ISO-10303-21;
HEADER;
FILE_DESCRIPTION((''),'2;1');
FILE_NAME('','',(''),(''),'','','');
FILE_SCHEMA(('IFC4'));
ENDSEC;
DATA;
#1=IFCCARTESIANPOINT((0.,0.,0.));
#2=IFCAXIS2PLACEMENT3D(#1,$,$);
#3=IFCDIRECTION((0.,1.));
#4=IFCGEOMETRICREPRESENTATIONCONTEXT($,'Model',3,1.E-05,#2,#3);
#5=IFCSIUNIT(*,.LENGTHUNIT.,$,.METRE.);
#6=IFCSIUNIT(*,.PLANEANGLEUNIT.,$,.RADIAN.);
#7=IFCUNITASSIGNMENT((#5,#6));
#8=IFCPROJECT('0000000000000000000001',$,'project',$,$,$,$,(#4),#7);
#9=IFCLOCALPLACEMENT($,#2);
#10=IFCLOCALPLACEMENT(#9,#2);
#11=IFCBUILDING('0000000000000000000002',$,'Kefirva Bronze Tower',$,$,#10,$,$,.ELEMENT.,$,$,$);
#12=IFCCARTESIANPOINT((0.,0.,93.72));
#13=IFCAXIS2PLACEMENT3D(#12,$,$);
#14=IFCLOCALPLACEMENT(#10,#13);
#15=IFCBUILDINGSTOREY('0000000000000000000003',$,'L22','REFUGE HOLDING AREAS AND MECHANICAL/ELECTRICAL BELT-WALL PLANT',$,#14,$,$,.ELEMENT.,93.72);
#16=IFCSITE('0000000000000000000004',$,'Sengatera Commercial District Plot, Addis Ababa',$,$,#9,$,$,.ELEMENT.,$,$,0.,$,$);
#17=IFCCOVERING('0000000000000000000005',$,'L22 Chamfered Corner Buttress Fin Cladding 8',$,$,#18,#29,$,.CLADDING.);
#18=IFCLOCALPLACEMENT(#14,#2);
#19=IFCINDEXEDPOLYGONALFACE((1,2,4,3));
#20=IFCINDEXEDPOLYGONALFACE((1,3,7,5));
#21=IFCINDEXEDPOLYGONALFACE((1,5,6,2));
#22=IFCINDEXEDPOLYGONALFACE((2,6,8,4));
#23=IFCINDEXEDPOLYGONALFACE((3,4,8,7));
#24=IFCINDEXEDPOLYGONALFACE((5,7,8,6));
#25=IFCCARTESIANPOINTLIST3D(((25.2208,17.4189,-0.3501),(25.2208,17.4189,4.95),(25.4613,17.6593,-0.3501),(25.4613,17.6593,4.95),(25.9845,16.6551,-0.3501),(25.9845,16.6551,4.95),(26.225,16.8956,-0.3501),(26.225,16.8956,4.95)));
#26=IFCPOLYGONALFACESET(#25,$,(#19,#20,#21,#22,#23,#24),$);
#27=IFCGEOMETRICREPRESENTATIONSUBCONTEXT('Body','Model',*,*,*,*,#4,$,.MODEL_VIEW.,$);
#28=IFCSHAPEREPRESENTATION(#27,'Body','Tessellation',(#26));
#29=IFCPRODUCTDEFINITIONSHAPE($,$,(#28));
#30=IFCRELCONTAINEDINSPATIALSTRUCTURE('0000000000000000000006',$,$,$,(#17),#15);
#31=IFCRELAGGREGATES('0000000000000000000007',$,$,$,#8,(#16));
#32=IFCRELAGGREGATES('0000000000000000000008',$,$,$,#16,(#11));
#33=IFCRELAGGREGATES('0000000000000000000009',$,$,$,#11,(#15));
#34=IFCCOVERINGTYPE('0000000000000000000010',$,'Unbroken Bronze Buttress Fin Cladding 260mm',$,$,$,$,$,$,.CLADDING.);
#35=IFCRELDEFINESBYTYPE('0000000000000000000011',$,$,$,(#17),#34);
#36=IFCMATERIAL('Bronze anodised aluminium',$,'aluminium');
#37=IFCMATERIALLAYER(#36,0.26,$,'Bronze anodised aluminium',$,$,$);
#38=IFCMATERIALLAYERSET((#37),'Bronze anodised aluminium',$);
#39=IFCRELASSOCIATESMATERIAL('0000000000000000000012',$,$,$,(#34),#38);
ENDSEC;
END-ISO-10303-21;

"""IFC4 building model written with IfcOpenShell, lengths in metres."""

from ifc_helpers import new_model, si_unit, direction, frame, origin, origin_2d, place, context, subcontext, project, spatial, rectangle, extrude, material, layer, layer_set, type_object, element, save


model = new_model("IFC4")

# Units and contexts
model_context = context("Model", 3, precision=1e-05, world=origin(), true_north=direction((0.0, 1.0)))
body_context = subcontext(model_context, "Body", "Model", "MODEL_VIEW")
ifc_project = project(units=[si_unit("LENGTHUNIT", "METRE"), si_unit("PLANEANGLEUNIT", "RADIAN")], contexts=[model_context])

# Site, building, storey
site_placement = place(None, origin())
site = spatial("IfcSite", under=ifc_project, at=site_placement, Name="Sengatera Commercial District Plot, Addis Ababa", CompositionType="ELEMENT", RefElevation=0.0)
building_placement = place(site_placement, origin())
building = spatial("IfcBuilding", under=site, at=building_placement, Name="Kefirva Bronze Tower", CompositionType="ELEMENT")
storey_placement = place(building_placement, frame((0.0, 0.0, 93.72)))
storey = spatial("IfcBuildingStorey", under=building, at=storey_placement, Name="L22", Description="REFUGE HOLDING AREAS AND MECHANICAL/ELECTRICAL BELT-WALL PLANT", CompositionType="ELEMENT", Elevation=93.72)

# Shared definitions
ifc_material_1 = material(Name="Bronze anodised aluminium", Category="aluminium")

# Covering
ifc_layer_1 = layer(ifc_material_1, 0.26, Name="Bronze anodised aluminium")
ifc_layer_set_1 = layer_set([ifc_layer_1], Name="Bronze anodised aluminium")
covering_type_1 = type_object("IfcCoveringType", Name="Unbroken Bronze Buttress Fin Cladding 260mm", PredefinedType="CLADDING", material=ifc_layer_set_1)
for number, where, z_axis, x_axis, name in (
    (1, (25.7229, 17.1572, -0.3501), (0.0, 0.0, 1.0), (0.707107, 0.707107, 0.0), "L22 Chamfered Corner Buttress Fin Cladding 8"),
):
    element("IfcCovering", number, at=place(storey_placement, frame(where, z_axis=z_axis, x_axis=x_axis)), inside=storey, type_object=covering_type_1, Name=name, PredefinedType="CLADDING", context=body_context, shape_type="SweptSolid", body=[
        extrude(rectangle(XDim=0.3401, YDim=1.0801, at=origin_2d()), origin(), (0.0, 0.0, 1.0), 5.3),
    ])

save(model, "model.ifc")
